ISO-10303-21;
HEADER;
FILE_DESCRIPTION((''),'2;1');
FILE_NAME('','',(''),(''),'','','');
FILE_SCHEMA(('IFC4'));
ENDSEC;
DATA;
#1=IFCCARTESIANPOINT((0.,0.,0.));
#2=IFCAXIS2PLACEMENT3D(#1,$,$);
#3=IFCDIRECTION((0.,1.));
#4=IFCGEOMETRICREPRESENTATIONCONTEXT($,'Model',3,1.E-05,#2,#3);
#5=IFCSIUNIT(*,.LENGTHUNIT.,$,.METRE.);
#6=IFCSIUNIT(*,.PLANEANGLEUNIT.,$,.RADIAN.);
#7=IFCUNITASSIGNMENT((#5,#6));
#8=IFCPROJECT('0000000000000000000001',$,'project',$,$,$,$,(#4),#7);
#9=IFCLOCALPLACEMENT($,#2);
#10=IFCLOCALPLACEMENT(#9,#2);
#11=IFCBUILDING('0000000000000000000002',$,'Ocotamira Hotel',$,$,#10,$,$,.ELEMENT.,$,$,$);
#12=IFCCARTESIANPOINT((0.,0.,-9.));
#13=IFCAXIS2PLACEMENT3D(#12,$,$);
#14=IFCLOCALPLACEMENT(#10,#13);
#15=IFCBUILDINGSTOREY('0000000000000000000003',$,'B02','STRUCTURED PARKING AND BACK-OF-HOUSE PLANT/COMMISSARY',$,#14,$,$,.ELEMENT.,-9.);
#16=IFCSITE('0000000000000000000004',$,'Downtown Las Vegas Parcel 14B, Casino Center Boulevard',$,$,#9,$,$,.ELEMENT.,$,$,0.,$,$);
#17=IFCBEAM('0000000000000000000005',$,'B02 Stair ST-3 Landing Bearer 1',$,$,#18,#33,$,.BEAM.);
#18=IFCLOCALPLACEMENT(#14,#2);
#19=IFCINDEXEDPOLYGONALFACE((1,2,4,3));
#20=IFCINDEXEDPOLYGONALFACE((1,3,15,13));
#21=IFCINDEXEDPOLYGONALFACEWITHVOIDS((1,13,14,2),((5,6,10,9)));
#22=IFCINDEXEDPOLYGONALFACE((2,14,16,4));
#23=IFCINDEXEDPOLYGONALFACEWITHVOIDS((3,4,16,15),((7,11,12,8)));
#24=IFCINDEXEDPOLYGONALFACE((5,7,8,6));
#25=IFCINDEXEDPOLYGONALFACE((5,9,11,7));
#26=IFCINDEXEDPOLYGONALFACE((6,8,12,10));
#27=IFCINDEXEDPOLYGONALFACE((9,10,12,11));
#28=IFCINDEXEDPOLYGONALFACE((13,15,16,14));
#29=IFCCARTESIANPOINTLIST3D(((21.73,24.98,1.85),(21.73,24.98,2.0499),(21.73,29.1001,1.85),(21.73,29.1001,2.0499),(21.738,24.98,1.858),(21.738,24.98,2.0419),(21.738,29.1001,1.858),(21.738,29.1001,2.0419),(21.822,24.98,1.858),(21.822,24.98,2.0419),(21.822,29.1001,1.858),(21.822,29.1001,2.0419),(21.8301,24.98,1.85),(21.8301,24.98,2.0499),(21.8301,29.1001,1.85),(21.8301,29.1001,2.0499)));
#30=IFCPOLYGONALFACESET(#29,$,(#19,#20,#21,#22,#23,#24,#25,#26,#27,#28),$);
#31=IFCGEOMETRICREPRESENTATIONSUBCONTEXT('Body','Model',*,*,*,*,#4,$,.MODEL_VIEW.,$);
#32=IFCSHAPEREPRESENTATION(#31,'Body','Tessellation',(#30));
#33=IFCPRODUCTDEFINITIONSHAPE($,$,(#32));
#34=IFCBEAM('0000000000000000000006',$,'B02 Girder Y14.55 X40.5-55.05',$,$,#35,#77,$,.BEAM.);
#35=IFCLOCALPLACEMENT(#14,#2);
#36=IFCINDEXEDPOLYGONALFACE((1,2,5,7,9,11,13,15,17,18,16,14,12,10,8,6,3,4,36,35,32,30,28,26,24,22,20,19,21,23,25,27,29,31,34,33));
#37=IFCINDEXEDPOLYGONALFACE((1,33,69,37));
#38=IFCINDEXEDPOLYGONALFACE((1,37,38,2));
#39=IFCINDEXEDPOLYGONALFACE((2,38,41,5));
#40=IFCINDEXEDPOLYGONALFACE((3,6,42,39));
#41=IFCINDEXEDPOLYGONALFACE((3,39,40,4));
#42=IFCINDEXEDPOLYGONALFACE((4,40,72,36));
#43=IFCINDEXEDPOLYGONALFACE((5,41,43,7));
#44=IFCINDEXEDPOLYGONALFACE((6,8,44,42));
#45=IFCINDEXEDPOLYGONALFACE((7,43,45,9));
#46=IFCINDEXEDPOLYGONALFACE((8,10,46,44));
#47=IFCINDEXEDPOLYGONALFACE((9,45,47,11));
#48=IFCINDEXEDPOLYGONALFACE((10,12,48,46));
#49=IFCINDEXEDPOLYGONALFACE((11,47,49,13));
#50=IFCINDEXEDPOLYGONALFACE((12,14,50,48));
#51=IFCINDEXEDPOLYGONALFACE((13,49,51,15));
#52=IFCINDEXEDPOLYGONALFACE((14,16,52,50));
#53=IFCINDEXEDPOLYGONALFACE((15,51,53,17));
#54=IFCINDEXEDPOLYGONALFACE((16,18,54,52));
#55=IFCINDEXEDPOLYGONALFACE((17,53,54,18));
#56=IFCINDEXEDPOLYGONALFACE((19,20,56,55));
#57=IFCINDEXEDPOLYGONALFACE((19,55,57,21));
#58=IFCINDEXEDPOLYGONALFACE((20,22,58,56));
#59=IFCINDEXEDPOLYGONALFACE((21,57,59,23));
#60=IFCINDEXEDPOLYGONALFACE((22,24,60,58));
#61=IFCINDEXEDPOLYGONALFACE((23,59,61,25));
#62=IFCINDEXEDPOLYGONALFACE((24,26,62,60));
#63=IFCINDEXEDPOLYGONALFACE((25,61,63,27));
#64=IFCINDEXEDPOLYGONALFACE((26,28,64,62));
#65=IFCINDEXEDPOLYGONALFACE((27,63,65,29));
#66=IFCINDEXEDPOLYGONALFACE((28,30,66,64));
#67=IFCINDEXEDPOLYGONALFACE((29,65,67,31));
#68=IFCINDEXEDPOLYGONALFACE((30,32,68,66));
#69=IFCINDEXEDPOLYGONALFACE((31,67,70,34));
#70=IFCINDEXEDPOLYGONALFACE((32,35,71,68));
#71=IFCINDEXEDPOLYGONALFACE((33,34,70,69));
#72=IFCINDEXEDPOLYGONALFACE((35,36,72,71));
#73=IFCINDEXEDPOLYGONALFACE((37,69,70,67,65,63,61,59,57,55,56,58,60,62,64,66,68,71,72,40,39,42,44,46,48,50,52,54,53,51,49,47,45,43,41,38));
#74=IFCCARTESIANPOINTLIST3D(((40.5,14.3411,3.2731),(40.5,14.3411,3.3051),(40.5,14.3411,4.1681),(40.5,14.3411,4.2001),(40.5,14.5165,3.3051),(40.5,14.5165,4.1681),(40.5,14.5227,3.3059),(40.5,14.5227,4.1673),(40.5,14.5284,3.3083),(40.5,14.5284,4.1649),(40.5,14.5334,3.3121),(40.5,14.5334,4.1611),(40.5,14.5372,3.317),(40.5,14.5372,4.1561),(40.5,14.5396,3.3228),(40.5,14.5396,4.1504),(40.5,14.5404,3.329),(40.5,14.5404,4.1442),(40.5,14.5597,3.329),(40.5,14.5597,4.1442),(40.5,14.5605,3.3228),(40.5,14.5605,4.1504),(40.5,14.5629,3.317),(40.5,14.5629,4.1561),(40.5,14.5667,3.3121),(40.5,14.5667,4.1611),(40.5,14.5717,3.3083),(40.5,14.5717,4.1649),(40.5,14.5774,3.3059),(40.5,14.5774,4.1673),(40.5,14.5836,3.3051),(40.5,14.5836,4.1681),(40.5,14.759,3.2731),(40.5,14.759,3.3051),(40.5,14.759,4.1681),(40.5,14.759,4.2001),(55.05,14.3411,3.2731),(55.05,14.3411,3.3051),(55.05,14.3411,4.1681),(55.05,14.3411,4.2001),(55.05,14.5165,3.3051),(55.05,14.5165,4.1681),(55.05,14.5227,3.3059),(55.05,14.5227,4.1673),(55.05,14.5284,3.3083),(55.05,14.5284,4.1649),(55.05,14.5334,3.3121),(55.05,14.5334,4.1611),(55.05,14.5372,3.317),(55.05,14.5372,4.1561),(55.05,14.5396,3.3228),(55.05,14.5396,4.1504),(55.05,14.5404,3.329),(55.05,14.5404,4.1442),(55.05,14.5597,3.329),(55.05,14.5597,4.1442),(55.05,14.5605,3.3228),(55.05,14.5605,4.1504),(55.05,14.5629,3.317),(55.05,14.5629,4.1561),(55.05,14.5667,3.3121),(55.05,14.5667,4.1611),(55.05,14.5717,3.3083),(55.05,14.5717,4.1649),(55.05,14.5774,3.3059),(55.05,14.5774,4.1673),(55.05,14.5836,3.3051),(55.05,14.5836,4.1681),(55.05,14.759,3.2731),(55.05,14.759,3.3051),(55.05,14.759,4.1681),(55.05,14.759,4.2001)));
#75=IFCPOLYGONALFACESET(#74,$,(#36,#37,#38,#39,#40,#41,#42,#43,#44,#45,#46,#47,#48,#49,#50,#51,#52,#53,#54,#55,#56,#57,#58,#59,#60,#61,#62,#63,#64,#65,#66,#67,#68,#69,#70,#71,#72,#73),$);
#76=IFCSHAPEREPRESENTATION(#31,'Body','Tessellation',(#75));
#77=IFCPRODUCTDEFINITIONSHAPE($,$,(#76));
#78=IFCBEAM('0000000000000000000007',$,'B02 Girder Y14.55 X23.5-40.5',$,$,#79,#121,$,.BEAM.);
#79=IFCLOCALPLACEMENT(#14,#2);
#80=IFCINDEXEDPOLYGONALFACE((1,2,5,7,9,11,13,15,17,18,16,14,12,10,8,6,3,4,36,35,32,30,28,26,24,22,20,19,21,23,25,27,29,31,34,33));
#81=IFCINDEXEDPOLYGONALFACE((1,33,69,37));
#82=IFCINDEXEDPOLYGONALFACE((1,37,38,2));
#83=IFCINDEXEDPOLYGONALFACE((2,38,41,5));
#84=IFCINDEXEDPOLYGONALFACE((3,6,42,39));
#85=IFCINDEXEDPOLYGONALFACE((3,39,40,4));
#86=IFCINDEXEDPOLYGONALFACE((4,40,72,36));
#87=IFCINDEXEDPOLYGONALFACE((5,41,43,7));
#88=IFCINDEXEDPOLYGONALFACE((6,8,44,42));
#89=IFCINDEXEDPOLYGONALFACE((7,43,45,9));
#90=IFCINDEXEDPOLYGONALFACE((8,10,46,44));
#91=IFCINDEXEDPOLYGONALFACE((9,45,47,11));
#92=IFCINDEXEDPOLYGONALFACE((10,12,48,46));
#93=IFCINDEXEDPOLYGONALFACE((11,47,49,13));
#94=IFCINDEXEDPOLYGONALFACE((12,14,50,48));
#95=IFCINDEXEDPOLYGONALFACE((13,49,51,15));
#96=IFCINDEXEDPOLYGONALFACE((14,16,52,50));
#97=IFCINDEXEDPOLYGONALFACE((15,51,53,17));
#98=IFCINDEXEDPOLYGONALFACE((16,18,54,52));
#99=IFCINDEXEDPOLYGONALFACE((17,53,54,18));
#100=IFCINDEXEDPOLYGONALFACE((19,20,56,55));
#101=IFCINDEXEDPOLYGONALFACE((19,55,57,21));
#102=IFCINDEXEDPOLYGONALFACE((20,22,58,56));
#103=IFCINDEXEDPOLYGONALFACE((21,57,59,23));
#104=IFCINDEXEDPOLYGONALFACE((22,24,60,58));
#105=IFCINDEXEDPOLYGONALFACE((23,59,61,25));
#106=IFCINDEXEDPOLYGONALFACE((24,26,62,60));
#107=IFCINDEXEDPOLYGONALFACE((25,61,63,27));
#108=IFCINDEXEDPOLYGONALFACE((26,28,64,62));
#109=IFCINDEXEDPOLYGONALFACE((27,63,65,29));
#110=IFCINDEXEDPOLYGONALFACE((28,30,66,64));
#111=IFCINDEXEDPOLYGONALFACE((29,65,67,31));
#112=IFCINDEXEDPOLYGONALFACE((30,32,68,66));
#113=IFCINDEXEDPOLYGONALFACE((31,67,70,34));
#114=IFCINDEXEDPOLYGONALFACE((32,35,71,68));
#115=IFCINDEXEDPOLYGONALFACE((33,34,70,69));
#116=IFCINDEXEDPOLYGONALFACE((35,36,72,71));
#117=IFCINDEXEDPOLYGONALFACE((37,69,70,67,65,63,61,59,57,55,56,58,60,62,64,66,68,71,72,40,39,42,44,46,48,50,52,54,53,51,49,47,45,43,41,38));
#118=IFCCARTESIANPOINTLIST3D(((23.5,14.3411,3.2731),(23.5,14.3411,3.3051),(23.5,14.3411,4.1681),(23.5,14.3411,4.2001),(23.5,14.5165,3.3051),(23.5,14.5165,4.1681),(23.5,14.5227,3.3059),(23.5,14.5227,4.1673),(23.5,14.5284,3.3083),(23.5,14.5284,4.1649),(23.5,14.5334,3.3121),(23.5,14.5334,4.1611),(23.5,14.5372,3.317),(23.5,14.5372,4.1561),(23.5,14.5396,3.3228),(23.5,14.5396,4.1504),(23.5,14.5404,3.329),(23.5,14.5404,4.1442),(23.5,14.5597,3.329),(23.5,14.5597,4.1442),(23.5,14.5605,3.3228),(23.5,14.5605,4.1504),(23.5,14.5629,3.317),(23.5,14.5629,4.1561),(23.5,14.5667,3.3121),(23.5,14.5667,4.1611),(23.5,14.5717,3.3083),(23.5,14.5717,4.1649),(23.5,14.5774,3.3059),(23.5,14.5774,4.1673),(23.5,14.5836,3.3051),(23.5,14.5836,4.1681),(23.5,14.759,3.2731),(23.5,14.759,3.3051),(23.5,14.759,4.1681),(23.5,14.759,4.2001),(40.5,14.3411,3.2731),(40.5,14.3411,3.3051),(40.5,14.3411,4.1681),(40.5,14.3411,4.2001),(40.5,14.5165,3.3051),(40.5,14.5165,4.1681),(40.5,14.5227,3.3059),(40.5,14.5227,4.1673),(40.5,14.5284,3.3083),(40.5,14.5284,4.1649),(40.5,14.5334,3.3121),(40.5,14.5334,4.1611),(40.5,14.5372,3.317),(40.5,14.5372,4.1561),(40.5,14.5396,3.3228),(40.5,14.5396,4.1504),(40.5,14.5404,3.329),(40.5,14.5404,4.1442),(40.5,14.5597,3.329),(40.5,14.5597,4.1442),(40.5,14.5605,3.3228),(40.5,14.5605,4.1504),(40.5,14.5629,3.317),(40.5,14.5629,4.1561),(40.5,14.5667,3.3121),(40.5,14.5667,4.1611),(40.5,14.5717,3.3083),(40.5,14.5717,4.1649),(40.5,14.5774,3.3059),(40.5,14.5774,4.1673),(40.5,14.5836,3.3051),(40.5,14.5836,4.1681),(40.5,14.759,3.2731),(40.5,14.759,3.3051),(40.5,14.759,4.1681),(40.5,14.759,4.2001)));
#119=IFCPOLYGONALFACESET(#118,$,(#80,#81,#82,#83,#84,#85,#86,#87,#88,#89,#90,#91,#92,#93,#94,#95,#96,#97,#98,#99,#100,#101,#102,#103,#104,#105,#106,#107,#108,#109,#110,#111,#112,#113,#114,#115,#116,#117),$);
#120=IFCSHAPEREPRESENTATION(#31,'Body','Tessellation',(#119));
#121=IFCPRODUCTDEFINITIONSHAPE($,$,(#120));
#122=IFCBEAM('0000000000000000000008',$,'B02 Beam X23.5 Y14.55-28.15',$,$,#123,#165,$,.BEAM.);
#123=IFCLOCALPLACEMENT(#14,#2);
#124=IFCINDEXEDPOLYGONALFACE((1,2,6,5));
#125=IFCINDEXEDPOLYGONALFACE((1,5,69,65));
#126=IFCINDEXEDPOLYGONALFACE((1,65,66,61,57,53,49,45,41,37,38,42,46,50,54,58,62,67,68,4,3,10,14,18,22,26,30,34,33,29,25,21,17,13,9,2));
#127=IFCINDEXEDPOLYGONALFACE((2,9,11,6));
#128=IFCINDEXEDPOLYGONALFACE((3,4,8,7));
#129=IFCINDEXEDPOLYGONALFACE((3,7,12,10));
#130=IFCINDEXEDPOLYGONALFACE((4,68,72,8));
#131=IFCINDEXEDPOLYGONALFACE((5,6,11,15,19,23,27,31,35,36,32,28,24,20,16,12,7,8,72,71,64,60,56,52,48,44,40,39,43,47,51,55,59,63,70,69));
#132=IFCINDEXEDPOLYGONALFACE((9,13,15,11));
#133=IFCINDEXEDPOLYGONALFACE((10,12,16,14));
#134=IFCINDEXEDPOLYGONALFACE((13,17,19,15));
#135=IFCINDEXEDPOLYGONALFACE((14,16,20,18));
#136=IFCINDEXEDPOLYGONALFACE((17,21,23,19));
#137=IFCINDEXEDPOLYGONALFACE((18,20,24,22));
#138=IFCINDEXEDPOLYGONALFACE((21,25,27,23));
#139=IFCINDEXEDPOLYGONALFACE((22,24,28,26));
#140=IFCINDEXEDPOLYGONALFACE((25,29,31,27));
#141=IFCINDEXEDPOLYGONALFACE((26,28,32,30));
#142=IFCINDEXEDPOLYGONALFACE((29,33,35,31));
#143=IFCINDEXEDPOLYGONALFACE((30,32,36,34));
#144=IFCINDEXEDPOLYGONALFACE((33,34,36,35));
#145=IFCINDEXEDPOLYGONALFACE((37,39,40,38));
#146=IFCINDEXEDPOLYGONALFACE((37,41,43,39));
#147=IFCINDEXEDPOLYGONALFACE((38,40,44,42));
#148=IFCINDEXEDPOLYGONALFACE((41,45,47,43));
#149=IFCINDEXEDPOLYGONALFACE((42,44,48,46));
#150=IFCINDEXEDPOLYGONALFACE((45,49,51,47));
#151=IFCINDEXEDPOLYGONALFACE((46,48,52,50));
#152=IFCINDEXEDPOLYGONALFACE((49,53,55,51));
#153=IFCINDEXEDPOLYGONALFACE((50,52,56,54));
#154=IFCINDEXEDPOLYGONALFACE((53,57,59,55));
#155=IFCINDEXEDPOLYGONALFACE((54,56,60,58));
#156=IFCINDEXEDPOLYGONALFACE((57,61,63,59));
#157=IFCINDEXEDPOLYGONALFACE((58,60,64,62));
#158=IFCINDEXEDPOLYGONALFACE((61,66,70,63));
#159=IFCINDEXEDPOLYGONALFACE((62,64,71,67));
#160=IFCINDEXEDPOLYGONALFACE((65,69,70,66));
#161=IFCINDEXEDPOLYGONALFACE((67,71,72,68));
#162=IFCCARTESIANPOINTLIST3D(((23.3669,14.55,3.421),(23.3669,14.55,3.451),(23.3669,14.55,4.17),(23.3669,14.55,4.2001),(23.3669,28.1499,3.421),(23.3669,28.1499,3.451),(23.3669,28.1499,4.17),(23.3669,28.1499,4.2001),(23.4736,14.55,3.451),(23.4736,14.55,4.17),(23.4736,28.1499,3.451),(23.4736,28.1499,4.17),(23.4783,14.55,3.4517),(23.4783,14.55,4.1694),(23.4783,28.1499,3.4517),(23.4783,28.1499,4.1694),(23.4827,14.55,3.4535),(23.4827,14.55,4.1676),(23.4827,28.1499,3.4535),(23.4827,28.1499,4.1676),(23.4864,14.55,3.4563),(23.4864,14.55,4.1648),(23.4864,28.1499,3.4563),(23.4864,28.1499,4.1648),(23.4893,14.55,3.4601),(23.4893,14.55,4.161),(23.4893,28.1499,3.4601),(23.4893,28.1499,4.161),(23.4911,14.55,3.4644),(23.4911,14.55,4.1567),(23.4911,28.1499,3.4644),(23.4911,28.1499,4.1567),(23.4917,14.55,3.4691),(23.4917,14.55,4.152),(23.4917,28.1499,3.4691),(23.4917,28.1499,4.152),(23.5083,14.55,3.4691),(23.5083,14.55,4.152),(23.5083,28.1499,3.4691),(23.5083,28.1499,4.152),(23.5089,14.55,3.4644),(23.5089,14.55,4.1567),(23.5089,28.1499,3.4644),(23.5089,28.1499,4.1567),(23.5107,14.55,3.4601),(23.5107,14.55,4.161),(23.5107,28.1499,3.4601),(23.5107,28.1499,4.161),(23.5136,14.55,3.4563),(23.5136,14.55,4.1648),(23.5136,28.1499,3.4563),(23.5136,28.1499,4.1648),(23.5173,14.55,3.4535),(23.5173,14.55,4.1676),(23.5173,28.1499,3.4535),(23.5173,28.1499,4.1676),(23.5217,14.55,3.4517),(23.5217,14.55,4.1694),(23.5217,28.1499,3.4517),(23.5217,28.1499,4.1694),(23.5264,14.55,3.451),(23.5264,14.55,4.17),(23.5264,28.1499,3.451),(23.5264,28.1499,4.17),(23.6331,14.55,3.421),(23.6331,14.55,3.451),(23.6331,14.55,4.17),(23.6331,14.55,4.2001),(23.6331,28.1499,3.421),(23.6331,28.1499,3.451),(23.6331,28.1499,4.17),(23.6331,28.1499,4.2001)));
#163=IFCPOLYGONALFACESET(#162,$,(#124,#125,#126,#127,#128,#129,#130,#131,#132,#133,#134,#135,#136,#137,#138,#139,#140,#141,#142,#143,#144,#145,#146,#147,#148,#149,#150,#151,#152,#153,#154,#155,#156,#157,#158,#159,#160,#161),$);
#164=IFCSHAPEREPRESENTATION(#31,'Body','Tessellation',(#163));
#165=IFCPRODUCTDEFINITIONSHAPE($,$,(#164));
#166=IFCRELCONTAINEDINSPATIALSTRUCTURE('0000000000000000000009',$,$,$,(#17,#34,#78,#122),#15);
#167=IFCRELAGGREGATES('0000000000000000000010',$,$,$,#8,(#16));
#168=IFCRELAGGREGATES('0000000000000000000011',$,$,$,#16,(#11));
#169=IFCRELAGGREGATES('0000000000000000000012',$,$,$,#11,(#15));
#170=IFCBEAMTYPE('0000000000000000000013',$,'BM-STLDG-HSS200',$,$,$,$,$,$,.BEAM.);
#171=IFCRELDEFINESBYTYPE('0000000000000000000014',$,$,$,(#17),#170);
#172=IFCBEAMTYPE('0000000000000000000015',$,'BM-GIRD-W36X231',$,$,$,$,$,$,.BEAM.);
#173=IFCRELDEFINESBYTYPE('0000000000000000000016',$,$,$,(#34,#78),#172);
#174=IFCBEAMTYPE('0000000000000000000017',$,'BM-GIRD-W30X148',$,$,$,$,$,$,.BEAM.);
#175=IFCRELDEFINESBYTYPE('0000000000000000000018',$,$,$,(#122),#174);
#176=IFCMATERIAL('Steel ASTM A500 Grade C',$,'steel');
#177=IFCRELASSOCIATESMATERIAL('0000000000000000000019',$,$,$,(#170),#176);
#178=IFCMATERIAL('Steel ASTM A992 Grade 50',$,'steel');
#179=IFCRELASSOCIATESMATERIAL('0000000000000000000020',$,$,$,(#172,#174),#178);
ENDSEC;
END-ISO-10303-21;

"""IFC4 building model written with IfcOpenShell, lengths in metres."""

from ifc_helpers import new_model, si_unit, direction, frame, origin, origin_2d, place, context, subcontext, project, spatial, hollow_rectangle, i_section, extrude, source, transform, mapped, material, material_profile, profile_set, type_object, element, save


model = new_model("IFC4")

# Units and contexts
model_context = context("Model", 3, precision=1e-05, world=origin(), true_north=direction((0.0, 1.0)))
body_context = subcontext(model_context, "Body", "Model", "MODEL_VIEW")
ifc_project = project(units=[si_unit("LENGTHUNIT", "METRE"), si_unit("PLANEANGLEUNIT", "RADIAN")], contexts=[model_context])

# Site, building, storey
site_placement = place(None, origin())
site = spatial("IfcSite", under=ifc_project, at=site_placement, Name="Downtown Las Vegas Parcel 14B, Casino Center Boulevard", CompositionType="ELEMENT", RefElevation=0.0)
building_placement = place(site_placement, origin())
building = spatial("IfcBuilding", under=site, at=building_placement, Name="Ocotamira Hotel", CompositionType="ELEMENT")
storey_placement = place(building_placement, frame((0.0, 0.0, -9.0)))
storey = spatial("IfcBuildingStorey", under=building, at=storey_placement, Name="B02", Description="STRUCTURED PARKING AND BACK-OF-HOUSE PLANT/COMMISSARY", CompositionType="ELEMENT", Elevation=-9.0)

# Beams
ifc_material_1 = material(Name="Steel ASTM A500 Grade C", Category="steel")
ifc_material_profile_1 = material_profile(ifc_material_1, hollow_rectangle(XDim=0.1001, YDim=0.2, WallThickness=0.0081, at=origin_2d()), Name="HSS200X100X8")
ifc_profile_set_1 = profile_set([ifc_material_profile_1], Name="Steel ASTM A500 Grade C")
beam_type_1 = type_object("IfcBeamType", Name="BM-STLDG-HSS200", PredefinedType="BEAM", material=ifc_profile_set_1)
shared_shape_1 = source(origin(), body_context, "Body", "SweptSolid", [
    extrude(hollow_rectangle(XDim=0.1001, YDim=0.2, WallThickness=0.0081, at=origin_2d()), origin(), (0.0, 0.0, 1.0), 4.1201),
])
beam_1_placement = place(storey_placement, frame((21.78, 24.98, 1.95), z_axis=(0.0, 1.0, 0.0), x_axis=(-1.0, 0.0, 0.0)))
element("IfcBeam", 1, at=beam_1_placement, inside=storey, type_object=beam_type_1, Name="B02 Stair ST-3 Landing Bearer 1", PredefinedType="BEAM", context=body_context, shape_type="MappedRepresentation", body=[
    mapped(shared_shape_1, transform((0.0, 0.0, 0.0), scale=1.0)),
])
ifc_material_2 = material(Name="Steel ASTM A992 Grade 50", Category="steel")
ifc_material_profile_2 = material_profile(ifc_material_2, i_section(OverallWidth=0.418, OverallDepth=0.927, WebThickness=0.0193, FlangeThickness=0.032, FilletRadius=0.0239, at=origin_2d()), Name="W36X231")
ifc_profile_set_2 = profile_set([ifc_material_profile_2], Name="Steel ASTM A992 Grade 50")
beam_type_2 = type_object("IfcBeamType", Name="BM-GIRD-W36X231", PredefinedType="BEAM", material=ifc_profile_set_2)
shared_shape_2 = source(origin(), body_context, "Body", "SweptSolid", [
    extrude(i_section(OverallWidth=0.418, OverallDepth=0.927, WebThickness=0.0193, FlangeThickness=0.032, FilletRadius=0.0239, at=origin_2d()), origin(), (0.0, 0.0, 1.0), 14.55),
])
beam_2_placement = place(storey_placement, frame((40.5, 14.55, 3.7366), z_axis=(1.0, 0.0, 0.0), x_axis=(0.0, 1.0, 0.0)))
element("IfcBeam", 2, at=beam_2_placement, inside=storey, type_object=beam_type_2, Name="B02 Girder Y14.55 X40.5-55.05", PredefinedType="BEAM", context=body_context, shape_type="MappedRepresentation", body=[
    mapped(shared_shape_2, transform((0.0, 0.0, 0.0), scale=1.0)),
])
shared_shape_3 = source(origin(), body_context, "Body", "SweptSolid", [
    extrude(i_section(OverallWidth=0.418, OverallDepth=0.927, WebThickness=0.0193, FlangeThickness=0.032, FilletRadius=0.0239, at=origin_2d()), origin(), (0.0, 0.0, 1.0), 17.0),
])
beam_3_placement = place(storey_placement, frame((23.5, 14.55, 3.7366), z_axis=(1.0, 0.0, 0.0), x_axis=(0.0, 1.0, 0.0)))
element("IfcBeam", 3, at=beam_3_placement, inside=storey, type_object=beam_type_2, Name="B02 Girder Y14.55 X23.5-40.5", PredefinedType="BEAM", context=body_context, shape_type="MappedRepresentation", body=[
    mapped(shared_shape_3, transform((0.0, 0.0, 0.0), scale=1.0)),
])
ifc_material_profile_3 = material_profile(ifc_material_2, i_section(OverallWidth=0.2661, OverallDepth=0.7791, WebThickness=0.0166, FlangeThickness=0.03, FilletRadius=0.0181, at=origin_2d()), Name="W30X148")
ifc_profile_set_3 = profile_set([ifc_material_profile_3], Name="Steel ASTM A992 Grade 50")
beam_type_3 = type_object("IfcBeamType", Name="BM-GIRD-W30X148", PredefinedType="BEAM", material=ifc_profile_set_3)
shared_shape_4 = source(origin(), body_context, "Body", "SweptSolid", [
    extrude(i_section(OverallWidth=0.2661, OverallDepth=0.7791, WebThickness=0.0166, FlangeThickness=0.03, FilletRadius=0.0181, at=origin_2d()), origin(), (0.0, 0.0, 1.0), 13.5999),
])
for number, where, z_axis, x_axis, name in (
    (4, (23.5, 14.55, 3.8105), (0.0, 1.0, 0.0), (-1.0, 0.0, 0.0), "B02 Beam X23.5 Y14.55-28.15"),
):
    element("IfcBeam", number, at=place(storey_placement, frame(where, z_axis=z_axis, x_axis=x_axis)), inside=storey, type_object=beam_type_3, Name=name, PredefinedType="BEAM", context=body_context, shape_type="MappedRepresentation", body=[
        mapped(shared_shape_4, transform((0.0, 0.0, 0.0), scale=1.0)),
    ])

save(model, "model.ifc")
